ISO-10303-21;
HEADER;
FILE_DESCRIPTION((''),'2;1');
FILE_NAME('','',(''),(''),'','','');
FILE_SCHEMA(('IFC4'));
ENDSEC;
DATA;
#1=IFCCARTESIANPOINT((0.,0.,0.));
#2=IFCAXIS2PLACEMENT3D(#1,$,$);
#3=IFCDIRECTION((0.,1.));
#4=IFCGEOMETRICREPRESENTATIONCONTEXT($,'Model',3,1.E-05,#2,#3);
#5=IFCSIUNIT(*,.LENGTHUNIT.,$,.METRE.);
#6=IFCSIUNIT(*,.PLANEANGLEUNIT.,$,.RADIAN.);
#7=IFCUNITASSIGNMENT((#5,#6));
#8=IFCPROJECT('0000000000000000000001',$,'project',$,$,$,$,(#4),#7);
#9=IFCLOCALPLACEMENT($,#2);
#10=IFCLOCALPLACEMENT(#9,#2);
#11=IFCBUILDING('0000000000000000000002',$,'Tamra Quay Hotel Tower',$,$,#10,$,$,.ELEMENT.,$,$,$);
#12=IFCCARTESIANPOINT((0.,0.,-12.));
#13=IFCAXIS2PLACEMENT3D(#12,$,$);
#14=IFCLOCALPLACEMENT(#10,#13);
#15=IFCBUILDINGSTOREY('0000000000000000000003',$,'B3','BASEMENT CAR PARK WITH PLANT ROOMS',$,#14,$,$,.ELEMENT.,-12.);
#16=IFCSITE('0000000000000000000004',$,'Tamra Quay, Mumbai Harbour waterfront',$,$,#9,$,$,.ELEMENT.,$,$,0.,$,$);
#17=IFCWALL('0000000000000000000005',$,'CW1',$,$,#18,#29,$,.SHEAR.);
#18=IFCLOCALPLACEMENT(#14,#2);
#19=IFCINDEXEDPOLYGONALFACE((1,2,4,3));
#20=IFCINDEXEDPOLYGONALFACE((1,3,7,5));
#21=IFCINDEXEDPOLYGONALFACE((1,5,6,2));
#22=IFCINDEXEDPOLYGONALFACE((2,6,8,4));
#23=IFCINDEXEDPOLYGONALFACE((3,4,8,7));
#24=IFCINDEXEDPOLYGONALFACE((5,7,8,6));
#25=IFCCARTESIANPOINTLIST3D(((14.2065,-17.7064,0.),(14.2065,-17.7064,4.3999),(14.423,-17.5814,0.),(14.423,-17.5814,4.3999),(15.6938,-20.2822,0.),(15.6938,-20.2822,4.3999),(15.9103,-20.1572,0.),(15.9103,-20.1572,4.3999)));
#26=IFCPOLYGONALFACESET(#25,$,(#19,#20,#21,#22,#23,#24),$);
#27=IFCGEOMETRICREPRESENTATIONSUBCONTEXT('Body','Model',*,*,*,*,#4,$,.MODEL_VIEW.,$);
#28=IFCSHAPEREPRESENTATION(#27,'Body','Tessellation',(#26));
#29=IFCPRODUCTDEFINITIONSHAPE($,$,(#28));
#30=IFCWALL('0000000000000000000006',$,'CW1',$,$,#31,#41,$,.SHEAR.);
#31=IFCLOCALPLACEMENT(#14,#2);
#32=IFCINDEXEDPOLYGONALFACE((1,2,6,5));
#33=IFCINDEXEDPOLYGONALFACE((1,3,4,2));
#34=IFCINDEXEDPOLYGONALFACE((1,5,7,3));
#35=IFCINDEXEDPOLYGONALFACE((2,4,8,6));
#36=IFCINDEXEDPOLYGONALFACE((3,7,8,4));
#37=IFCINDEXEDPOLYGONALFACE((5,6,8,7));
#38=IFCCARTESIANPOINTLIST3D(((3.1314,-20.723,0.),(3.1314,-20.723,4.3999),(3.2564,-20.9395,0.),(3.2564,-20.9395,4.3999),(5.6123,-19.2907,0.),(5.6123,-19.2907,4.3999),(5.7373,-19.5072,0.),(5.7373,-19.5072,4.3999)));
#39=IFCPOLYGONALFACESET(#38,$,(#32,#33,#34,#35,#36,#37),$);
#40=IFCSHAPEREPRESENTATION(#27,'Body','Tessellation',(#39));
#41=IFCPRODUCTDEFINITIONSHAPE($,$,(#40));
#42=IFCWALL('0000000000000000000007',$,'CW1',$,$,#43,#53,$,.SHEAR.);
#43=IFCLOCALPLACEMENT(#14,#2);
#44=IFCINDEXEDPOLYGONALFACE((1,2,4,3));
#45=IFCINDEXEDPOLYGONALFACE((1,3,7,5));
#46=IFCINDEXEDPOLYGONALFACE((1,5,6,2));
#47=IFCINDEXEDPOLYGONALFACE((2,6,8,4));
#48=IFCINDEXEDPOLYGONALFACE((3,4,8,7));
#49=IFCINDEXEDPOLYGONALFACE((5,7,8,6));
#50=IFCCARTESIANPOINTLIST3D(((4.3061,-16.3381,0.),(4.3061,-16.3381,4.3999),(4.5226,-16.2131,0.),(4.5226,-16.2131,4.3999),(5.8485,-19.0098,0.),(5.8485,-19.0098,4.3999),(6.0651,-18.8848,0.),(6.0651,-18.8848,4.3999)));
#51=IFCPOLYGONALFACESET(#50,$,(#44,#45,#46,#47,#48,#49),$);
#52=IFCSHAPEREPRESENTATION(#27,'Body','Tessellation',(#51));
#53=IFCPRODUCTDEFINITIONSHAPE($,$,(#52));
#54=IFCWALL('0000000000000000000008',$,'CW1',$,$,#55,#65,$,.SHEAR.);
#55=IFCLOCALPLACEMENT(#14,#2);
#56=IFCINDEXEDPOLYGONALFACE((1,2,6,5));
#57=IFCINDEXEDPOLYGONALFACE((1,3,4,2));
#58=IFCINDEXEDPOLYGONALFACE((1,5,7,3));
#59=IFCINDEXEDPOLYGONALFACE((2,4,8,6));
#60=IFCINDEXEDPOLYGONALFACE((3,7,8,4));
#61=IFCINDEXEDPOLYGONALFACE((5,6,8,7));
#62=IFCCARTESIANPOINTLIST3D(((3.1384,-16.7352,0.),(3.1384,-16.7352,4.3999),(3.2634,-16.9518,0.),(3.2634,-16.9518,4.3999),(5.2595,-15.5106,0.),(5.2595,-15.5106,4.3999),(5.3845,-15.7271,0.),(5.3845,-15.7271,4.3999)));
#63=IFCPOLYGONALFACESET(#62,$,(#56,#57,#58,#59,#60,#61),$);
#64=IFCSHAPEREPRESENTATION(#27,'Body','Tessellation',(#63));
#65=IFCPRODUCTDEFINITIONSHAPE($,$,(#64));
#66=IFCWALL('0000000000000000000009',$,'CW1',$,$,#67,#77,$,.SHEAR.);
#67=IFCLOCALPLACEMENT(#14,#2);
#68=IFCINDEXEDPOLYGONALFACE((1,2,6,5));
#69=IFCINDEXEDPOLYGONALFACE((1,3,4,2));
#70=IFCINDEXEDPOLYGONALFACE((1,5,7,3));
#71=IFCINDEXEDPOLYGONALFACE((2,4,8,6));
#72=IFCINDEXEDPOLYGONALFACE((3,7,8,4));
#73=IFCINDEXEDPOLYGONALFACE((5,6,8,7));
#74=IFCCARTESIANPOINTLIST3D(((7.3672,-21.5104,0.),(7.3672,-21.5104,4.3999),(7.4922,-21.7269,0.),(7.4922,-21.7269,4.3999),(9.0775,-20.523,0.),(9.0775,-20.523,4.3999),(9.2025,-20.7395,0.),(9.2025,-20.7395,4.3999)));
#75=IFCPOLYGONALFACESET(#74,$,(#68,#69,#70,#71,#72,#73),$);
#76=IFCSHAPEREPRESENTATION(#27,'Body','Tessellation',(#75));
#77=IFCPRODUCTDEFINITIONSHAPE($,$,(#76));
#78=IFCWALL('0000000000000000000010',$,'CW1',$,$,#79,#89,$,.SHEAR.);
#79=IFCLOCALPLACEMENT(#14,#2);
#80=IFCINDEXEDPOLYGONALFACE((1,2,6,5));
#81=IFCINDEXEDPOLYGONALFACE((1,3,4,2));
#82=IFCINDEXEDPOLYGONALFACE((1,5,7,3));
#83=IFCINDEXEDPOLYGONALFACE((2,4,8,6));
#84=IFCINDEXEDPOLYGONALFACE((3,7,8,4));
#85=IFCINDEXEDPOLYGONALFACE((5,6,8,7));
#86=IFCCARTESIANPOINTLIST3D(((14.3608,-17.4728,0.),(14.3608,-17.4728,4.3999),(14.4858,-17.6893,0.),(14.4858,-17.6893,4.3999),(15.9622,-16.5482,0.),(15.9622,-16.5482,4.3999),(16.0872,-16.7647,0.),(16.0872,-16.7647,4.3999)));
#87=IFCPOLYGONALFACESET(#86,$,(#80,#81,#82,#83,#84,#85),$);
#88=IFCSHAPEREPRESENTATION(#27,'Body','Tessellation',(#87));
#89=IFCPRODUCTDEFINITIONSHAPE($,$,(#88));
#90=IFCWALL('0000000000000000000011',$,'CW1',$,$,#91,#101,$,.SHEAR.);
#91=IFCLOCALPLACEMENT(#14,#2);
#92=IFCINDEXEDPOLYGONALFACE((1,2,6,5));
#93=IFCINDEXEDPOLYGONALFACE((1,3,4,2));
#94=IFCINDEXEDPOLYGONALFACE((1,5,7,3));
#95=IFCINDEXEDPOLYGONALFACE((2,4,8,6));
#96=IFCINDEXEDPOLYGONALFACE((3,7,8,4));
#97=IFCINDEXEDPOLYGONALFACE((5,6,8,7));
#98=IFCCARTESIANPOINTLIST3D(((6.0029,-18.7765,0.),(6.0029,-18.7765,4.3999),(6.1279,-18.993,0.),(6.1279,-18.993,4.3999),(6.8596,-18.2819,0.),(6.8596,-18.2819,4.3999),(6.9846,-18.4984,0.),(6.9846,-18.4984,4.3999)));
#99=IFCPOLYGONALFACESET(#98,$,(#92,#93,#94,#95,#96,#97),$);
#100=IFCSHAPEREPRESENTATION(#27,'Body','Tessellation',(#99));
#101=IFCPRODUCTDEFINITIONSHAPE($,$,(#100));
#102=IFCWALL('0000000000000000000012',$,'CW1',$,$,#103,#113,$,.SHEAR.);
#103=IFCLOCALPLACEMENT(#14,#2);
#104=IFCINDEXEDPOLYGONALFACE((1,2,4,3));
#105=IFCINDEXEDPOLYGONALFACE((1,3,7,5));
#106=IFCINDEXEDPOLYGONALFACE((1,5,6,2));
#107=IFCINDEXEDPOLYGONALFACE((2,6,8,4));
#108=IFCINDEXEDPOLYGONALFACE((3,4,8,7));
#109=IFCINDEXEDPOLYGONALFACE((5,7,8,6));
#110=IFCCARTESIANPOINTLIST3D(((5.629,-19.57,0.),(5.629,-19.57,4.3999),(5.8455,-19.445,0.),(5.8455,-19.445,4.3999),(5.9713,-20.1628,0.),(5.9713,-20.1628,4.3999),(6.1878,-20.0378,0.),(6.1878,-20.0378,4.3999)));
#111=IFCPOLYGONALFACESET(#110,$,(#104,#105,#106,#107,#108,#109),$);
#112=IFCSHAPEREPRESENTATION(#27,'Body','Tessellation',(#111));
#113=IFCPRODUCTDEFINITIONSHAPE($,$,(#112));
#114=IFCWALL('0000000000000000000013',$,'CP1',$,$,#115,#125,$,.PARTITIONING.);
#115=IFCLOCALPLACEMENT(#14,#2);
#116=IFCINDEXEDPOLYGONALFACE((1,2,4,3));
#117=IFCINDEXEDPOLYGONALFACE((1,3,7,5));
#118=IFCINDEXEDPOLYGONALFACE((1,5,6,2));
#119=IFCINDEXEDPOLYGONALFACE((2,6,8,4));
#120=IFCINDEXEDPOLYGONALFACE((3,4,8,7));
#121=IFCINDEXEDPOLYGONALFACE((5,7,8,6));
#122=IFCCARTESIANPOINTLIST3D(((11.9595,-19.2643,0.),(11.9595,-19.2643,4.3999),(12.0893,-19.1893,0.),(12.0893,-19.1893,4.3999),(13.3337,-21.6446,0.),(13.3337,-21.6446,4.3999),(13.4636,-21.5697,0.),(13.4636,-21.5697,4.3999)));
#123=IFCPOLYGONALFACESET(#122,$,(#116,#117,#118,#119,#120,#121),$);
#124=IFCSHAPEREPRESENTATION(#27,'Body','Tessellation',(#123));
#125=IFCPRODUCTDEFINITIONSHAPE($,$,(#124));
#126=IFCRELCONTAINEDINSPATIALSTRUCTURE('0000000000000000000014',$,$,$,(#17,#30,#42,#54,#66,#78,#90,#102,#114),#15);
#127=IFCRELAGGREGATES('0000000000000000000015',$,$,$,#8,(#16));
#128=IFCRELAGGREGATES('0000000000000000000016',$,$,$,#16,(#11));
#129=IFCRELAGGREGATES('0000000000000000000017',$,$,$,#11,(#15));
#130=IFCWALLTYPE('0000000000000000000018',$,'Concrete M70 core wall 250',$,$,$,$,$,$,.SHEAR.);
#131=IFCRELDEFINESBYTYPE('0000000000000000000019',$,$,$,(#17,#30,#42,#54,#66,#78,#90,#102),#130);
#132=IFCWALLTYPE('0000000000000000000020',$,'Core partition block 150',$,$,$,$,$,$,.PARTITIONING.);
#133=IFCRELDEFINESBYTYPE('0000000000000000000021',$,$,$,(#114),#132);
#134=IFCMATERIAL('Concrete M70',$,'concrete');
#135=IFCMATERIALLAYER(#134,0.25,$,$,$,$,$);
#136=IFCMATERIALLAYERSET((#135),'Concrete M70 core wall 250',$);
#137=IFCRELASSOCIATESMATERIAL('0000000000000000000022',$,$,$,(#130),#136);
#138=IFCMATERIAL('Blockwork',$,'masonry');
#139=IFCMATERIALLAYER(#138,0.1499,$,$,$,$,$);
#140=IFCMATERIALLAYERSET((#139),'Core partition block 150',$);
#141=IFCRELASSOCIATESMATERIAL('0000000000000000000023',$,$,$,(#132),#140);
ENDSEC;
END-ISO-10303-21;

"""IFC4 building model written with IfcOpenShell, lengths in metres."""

from ifc_helpers import new_model, si_unit, direction, frame, frame_2d, origin, place, context, subcontext, project, spatial, rectangle, extrude, material, layer, layer_set, type_object, element, save


model = new_model("IFC4")

# Units and contexts
model_context = context("Model", 3, precision=1e-05, world=origin(), true_north=direction((0.0, 1.0)))
body_context = subcontext(model_context, "Body", "Model", "MODEL_VIEW")
ifc_project = project(units=[si_unit("LENGTHUNIT", "METRE"), si_unit("PLANEANGLEUNIT", "RADIAN")], contexts=[model_context])

# Site, building, storey
site_placement = place(None, origin())
site = spatial("IfcSite", under=ifc_project, at=site_placement, Name="Tamra Quay, Mumbai Harbour waterfront", CompositionType="ELEMENT", RefElevation=0.0)
building_placement = place(site_placement, origin())
building = spatial("IfcBuilding", under=site, at=building_placement, Name="Tamra Quay Hotel Tower", CompositionType="ELEMENT")
storey_placement = place(building_placement, frame((0.0, 0.0, -12.0)))
storey = spatial("IfcBuildingStorey", under=building, at=storey_placement, Name="B3", Description="BASEMENT CAR PARK WITH PLANT ROOMS", CompositionType="ELEMENT", Elevation=-12.0)

# Shared definitions
ifc_material_1 = material(Name="Concrete M70", Category="concrete")

# Shared definitions
ifc_material_2 = material(Name="Blockwork", Category="masonry")

# Walls
ifc_layer_1 = layer(ifc_material_1, 0.25)
ifc_layer_set_1 = layer_set([ifc_layer_1], Name="Concrete M70 core wall 250")
wall_type_1 = type_object("IfcWallType", Name="Concrete M70 core wall 250", PredefinedType="SHEAR", material=ifc_layer_set_1)
wall_1_placement = place(storey_placement, frame((14.3147, -17.6438, 0.0), z_axis=(0.0, 0.0, 1.0), x_axis=(0.500023, -0.866012, 0.0)))
element("IfcWall", 1, at=wall_1_placement, inside=storey, type_object=wall_type_1, Name="CW1", PredefinedType="SHEAR", context=body_context, shape_type="SweptSolid", body=[
    extrude(rectangle(XDim=2.9744, YDim=0.25, at=frame_2d((1.4873, 0.0))), origin(), (0.0, 0.0, 1.0), 4.3999),
])
wall_2_placement = place(storey_placement, frame((5.6748, -19.3989, 0.0), z_axis=(0.0, 0.0, 1.0), x_axis=(-0.866027, -0.499998, 0.0)))
element("IfcWall", 2, at=wall_2_placement, inside=storey, type_object=wall_type_1, Name="CW1", PredefinedType="SHEAR", context=body_context, shape_type="SweptSolid", body=[
    extrude(rectangle(XDim=2.8647, YDim=0.25, at=frame_2d((1.4324, 0.0))), origin(), (0.0, 0.0, 1.0), 4.3999),
])
wall_3_placement = place(storey_placement, frame((4.4143, -16.2756, 0.0), z_axis=(0.0, 0.0, 1.0), x_axis=(0.500003, -0.866023, 0.0)))
element("IfcWall", 3, at=wall_3_placement, inside=storey, type_object=wall_type_1, Name="CW1", PredefinedType="SHEAR", context=body_context, shape_type="SweptSolid", body=[
    extrude(rectangle(XDim=3.085, YDim=0.25, at=frame_2d((1.5425, 0.0))), origin(), (0.0, 0.0, 1.0), 4.3999),
])
wall_4_placement = place(storey_placement, frame((5.322, -15.6189, 0.0), z_axis=(0.0, 0.0, 1.0), x_axis=(-0.866026, -0.499999, 0.0)))
element("IfcWall", 4, at=wall_4_placement, inside=storey, type_object=wall_type_1, Name="CW1", PredefinedType="SHEAR", context=body_context, shape_type="SweptSolid", body=[
    extrude(rectangle(XDim=2.4492, YDim=0.25, at=frame_2d((1.2246, 0.0))), origin(), (0.0, 0.0, 1.0), 4.3999),
])
wall_5_placement = place(storey_placement, frame((9.1399, -20.6313, 0.0), z_axis=(0.0, 0.0, 1.0), x_axis=(-0.866044, -0.499969, 0.0)))
element("IfcWall", 5, at=wall_5_placement, inside=storey, type_object=wall_type_1, Name="CW1", PredefinedType="SHEAR", context=body_context, shape_type="SweptSolid", body=[
    extrude(rectangle(XDim=1.9749, YDim=0.25, at=frame_2d((0.9873, 0.0))), origin(), (0.0, 0.0, 1.0), 4.3999),
])
wall_6_placement = place(storey_placement, frame((16.0247, -16.6565, 0.0), z_axis=(0.0, 0.0, 1.0), x_axis=(-0.866016, -0.500016, 0.0)))
element("IfcWall", 6, at=wall_6_placement, inside=storey, type_object=wall_type_1, Name="CW1", PredefinedType="SHEAR", context=body_context, shape_type="SweptSolid", body=[
    extrude(rectangle(XDim=1.8491, YDim=0.25, at=frame_2d((0.9246, 0.0))), origin(), (0.0, 0.0, 1.0), 4.3999),
])
wall_7_placement = place(storey_placement, frame((6.0654, -18.8848, 0.0), z_axis=(0.0, 0.0, 1.0), x_axis=(0.866017, 0.500014, 0.0)))
element("IfcWall", 7, at=wall_7_placement, inside=storey, type_object=wall_type_1, Name="CW1", PredefinedType="SHEAR", context=body_context, shape_type="SweptSolid", body=[
    extrude(rectangle(XDim=0.9893, YDim=0.25, at=frame_2d((0.4946, 0.0))), origin(), (0.0, 0.0, 1.0), 4.3999),
])
wall_8_placement = place(storey_placement, frame((6.0796, -20.1003, 0.0), z_axis=(0.0, 0.0, 1.0), x_axis=(-0.500052, 0.865996, 0.0)))
element("IfcWall", 8, at=wall_8_placement, inside=storey, type_object=wall_type_1, Name="CW1", PredefinedType="SHEAR", context=body_context, shape_type="SweptSolid", body=[
    extrude(rectangle(XDim=0.6846, YDim=0.25, at=frame_2d((0.3423, 0.0))), origin(), (0.0, 0.0, 1.0), 4.3999),
])
ifc_layer_2 = layer(ifc_material_2, 0.1499)
ifc_layer_set_2 = layer_set([ifc_layer_2], Name="Core partition block 150")
wall_type_2 = type_object("IfcWallType", Name="Core partition block 150", PredefinedType="PARTITIONING", material=ifc_layer_set_2)
wall_9_placement = place(storey_placement, frame((12.0244, -19.2268, 0.0), z_axis=(0.0, 0.0, 1.0), x_axis=(0.499989, -0.866032, 0.0)))
element("IfcWall", 9, at=wall_9_placement, inside=storey, type_object=wall_type_2, Name="CP1", PredefinedType="PARTITIONING", context=body_context, shape_type="SweptSolid", body=[
    extrude(rectangle(XDim=2.7485, YDim=0.1499, at=frame_2d((1.3743, 0.0))), origin(), (0.0, 0.0, 1.0), 4.3999),
])

save(model, "model.ifc")
